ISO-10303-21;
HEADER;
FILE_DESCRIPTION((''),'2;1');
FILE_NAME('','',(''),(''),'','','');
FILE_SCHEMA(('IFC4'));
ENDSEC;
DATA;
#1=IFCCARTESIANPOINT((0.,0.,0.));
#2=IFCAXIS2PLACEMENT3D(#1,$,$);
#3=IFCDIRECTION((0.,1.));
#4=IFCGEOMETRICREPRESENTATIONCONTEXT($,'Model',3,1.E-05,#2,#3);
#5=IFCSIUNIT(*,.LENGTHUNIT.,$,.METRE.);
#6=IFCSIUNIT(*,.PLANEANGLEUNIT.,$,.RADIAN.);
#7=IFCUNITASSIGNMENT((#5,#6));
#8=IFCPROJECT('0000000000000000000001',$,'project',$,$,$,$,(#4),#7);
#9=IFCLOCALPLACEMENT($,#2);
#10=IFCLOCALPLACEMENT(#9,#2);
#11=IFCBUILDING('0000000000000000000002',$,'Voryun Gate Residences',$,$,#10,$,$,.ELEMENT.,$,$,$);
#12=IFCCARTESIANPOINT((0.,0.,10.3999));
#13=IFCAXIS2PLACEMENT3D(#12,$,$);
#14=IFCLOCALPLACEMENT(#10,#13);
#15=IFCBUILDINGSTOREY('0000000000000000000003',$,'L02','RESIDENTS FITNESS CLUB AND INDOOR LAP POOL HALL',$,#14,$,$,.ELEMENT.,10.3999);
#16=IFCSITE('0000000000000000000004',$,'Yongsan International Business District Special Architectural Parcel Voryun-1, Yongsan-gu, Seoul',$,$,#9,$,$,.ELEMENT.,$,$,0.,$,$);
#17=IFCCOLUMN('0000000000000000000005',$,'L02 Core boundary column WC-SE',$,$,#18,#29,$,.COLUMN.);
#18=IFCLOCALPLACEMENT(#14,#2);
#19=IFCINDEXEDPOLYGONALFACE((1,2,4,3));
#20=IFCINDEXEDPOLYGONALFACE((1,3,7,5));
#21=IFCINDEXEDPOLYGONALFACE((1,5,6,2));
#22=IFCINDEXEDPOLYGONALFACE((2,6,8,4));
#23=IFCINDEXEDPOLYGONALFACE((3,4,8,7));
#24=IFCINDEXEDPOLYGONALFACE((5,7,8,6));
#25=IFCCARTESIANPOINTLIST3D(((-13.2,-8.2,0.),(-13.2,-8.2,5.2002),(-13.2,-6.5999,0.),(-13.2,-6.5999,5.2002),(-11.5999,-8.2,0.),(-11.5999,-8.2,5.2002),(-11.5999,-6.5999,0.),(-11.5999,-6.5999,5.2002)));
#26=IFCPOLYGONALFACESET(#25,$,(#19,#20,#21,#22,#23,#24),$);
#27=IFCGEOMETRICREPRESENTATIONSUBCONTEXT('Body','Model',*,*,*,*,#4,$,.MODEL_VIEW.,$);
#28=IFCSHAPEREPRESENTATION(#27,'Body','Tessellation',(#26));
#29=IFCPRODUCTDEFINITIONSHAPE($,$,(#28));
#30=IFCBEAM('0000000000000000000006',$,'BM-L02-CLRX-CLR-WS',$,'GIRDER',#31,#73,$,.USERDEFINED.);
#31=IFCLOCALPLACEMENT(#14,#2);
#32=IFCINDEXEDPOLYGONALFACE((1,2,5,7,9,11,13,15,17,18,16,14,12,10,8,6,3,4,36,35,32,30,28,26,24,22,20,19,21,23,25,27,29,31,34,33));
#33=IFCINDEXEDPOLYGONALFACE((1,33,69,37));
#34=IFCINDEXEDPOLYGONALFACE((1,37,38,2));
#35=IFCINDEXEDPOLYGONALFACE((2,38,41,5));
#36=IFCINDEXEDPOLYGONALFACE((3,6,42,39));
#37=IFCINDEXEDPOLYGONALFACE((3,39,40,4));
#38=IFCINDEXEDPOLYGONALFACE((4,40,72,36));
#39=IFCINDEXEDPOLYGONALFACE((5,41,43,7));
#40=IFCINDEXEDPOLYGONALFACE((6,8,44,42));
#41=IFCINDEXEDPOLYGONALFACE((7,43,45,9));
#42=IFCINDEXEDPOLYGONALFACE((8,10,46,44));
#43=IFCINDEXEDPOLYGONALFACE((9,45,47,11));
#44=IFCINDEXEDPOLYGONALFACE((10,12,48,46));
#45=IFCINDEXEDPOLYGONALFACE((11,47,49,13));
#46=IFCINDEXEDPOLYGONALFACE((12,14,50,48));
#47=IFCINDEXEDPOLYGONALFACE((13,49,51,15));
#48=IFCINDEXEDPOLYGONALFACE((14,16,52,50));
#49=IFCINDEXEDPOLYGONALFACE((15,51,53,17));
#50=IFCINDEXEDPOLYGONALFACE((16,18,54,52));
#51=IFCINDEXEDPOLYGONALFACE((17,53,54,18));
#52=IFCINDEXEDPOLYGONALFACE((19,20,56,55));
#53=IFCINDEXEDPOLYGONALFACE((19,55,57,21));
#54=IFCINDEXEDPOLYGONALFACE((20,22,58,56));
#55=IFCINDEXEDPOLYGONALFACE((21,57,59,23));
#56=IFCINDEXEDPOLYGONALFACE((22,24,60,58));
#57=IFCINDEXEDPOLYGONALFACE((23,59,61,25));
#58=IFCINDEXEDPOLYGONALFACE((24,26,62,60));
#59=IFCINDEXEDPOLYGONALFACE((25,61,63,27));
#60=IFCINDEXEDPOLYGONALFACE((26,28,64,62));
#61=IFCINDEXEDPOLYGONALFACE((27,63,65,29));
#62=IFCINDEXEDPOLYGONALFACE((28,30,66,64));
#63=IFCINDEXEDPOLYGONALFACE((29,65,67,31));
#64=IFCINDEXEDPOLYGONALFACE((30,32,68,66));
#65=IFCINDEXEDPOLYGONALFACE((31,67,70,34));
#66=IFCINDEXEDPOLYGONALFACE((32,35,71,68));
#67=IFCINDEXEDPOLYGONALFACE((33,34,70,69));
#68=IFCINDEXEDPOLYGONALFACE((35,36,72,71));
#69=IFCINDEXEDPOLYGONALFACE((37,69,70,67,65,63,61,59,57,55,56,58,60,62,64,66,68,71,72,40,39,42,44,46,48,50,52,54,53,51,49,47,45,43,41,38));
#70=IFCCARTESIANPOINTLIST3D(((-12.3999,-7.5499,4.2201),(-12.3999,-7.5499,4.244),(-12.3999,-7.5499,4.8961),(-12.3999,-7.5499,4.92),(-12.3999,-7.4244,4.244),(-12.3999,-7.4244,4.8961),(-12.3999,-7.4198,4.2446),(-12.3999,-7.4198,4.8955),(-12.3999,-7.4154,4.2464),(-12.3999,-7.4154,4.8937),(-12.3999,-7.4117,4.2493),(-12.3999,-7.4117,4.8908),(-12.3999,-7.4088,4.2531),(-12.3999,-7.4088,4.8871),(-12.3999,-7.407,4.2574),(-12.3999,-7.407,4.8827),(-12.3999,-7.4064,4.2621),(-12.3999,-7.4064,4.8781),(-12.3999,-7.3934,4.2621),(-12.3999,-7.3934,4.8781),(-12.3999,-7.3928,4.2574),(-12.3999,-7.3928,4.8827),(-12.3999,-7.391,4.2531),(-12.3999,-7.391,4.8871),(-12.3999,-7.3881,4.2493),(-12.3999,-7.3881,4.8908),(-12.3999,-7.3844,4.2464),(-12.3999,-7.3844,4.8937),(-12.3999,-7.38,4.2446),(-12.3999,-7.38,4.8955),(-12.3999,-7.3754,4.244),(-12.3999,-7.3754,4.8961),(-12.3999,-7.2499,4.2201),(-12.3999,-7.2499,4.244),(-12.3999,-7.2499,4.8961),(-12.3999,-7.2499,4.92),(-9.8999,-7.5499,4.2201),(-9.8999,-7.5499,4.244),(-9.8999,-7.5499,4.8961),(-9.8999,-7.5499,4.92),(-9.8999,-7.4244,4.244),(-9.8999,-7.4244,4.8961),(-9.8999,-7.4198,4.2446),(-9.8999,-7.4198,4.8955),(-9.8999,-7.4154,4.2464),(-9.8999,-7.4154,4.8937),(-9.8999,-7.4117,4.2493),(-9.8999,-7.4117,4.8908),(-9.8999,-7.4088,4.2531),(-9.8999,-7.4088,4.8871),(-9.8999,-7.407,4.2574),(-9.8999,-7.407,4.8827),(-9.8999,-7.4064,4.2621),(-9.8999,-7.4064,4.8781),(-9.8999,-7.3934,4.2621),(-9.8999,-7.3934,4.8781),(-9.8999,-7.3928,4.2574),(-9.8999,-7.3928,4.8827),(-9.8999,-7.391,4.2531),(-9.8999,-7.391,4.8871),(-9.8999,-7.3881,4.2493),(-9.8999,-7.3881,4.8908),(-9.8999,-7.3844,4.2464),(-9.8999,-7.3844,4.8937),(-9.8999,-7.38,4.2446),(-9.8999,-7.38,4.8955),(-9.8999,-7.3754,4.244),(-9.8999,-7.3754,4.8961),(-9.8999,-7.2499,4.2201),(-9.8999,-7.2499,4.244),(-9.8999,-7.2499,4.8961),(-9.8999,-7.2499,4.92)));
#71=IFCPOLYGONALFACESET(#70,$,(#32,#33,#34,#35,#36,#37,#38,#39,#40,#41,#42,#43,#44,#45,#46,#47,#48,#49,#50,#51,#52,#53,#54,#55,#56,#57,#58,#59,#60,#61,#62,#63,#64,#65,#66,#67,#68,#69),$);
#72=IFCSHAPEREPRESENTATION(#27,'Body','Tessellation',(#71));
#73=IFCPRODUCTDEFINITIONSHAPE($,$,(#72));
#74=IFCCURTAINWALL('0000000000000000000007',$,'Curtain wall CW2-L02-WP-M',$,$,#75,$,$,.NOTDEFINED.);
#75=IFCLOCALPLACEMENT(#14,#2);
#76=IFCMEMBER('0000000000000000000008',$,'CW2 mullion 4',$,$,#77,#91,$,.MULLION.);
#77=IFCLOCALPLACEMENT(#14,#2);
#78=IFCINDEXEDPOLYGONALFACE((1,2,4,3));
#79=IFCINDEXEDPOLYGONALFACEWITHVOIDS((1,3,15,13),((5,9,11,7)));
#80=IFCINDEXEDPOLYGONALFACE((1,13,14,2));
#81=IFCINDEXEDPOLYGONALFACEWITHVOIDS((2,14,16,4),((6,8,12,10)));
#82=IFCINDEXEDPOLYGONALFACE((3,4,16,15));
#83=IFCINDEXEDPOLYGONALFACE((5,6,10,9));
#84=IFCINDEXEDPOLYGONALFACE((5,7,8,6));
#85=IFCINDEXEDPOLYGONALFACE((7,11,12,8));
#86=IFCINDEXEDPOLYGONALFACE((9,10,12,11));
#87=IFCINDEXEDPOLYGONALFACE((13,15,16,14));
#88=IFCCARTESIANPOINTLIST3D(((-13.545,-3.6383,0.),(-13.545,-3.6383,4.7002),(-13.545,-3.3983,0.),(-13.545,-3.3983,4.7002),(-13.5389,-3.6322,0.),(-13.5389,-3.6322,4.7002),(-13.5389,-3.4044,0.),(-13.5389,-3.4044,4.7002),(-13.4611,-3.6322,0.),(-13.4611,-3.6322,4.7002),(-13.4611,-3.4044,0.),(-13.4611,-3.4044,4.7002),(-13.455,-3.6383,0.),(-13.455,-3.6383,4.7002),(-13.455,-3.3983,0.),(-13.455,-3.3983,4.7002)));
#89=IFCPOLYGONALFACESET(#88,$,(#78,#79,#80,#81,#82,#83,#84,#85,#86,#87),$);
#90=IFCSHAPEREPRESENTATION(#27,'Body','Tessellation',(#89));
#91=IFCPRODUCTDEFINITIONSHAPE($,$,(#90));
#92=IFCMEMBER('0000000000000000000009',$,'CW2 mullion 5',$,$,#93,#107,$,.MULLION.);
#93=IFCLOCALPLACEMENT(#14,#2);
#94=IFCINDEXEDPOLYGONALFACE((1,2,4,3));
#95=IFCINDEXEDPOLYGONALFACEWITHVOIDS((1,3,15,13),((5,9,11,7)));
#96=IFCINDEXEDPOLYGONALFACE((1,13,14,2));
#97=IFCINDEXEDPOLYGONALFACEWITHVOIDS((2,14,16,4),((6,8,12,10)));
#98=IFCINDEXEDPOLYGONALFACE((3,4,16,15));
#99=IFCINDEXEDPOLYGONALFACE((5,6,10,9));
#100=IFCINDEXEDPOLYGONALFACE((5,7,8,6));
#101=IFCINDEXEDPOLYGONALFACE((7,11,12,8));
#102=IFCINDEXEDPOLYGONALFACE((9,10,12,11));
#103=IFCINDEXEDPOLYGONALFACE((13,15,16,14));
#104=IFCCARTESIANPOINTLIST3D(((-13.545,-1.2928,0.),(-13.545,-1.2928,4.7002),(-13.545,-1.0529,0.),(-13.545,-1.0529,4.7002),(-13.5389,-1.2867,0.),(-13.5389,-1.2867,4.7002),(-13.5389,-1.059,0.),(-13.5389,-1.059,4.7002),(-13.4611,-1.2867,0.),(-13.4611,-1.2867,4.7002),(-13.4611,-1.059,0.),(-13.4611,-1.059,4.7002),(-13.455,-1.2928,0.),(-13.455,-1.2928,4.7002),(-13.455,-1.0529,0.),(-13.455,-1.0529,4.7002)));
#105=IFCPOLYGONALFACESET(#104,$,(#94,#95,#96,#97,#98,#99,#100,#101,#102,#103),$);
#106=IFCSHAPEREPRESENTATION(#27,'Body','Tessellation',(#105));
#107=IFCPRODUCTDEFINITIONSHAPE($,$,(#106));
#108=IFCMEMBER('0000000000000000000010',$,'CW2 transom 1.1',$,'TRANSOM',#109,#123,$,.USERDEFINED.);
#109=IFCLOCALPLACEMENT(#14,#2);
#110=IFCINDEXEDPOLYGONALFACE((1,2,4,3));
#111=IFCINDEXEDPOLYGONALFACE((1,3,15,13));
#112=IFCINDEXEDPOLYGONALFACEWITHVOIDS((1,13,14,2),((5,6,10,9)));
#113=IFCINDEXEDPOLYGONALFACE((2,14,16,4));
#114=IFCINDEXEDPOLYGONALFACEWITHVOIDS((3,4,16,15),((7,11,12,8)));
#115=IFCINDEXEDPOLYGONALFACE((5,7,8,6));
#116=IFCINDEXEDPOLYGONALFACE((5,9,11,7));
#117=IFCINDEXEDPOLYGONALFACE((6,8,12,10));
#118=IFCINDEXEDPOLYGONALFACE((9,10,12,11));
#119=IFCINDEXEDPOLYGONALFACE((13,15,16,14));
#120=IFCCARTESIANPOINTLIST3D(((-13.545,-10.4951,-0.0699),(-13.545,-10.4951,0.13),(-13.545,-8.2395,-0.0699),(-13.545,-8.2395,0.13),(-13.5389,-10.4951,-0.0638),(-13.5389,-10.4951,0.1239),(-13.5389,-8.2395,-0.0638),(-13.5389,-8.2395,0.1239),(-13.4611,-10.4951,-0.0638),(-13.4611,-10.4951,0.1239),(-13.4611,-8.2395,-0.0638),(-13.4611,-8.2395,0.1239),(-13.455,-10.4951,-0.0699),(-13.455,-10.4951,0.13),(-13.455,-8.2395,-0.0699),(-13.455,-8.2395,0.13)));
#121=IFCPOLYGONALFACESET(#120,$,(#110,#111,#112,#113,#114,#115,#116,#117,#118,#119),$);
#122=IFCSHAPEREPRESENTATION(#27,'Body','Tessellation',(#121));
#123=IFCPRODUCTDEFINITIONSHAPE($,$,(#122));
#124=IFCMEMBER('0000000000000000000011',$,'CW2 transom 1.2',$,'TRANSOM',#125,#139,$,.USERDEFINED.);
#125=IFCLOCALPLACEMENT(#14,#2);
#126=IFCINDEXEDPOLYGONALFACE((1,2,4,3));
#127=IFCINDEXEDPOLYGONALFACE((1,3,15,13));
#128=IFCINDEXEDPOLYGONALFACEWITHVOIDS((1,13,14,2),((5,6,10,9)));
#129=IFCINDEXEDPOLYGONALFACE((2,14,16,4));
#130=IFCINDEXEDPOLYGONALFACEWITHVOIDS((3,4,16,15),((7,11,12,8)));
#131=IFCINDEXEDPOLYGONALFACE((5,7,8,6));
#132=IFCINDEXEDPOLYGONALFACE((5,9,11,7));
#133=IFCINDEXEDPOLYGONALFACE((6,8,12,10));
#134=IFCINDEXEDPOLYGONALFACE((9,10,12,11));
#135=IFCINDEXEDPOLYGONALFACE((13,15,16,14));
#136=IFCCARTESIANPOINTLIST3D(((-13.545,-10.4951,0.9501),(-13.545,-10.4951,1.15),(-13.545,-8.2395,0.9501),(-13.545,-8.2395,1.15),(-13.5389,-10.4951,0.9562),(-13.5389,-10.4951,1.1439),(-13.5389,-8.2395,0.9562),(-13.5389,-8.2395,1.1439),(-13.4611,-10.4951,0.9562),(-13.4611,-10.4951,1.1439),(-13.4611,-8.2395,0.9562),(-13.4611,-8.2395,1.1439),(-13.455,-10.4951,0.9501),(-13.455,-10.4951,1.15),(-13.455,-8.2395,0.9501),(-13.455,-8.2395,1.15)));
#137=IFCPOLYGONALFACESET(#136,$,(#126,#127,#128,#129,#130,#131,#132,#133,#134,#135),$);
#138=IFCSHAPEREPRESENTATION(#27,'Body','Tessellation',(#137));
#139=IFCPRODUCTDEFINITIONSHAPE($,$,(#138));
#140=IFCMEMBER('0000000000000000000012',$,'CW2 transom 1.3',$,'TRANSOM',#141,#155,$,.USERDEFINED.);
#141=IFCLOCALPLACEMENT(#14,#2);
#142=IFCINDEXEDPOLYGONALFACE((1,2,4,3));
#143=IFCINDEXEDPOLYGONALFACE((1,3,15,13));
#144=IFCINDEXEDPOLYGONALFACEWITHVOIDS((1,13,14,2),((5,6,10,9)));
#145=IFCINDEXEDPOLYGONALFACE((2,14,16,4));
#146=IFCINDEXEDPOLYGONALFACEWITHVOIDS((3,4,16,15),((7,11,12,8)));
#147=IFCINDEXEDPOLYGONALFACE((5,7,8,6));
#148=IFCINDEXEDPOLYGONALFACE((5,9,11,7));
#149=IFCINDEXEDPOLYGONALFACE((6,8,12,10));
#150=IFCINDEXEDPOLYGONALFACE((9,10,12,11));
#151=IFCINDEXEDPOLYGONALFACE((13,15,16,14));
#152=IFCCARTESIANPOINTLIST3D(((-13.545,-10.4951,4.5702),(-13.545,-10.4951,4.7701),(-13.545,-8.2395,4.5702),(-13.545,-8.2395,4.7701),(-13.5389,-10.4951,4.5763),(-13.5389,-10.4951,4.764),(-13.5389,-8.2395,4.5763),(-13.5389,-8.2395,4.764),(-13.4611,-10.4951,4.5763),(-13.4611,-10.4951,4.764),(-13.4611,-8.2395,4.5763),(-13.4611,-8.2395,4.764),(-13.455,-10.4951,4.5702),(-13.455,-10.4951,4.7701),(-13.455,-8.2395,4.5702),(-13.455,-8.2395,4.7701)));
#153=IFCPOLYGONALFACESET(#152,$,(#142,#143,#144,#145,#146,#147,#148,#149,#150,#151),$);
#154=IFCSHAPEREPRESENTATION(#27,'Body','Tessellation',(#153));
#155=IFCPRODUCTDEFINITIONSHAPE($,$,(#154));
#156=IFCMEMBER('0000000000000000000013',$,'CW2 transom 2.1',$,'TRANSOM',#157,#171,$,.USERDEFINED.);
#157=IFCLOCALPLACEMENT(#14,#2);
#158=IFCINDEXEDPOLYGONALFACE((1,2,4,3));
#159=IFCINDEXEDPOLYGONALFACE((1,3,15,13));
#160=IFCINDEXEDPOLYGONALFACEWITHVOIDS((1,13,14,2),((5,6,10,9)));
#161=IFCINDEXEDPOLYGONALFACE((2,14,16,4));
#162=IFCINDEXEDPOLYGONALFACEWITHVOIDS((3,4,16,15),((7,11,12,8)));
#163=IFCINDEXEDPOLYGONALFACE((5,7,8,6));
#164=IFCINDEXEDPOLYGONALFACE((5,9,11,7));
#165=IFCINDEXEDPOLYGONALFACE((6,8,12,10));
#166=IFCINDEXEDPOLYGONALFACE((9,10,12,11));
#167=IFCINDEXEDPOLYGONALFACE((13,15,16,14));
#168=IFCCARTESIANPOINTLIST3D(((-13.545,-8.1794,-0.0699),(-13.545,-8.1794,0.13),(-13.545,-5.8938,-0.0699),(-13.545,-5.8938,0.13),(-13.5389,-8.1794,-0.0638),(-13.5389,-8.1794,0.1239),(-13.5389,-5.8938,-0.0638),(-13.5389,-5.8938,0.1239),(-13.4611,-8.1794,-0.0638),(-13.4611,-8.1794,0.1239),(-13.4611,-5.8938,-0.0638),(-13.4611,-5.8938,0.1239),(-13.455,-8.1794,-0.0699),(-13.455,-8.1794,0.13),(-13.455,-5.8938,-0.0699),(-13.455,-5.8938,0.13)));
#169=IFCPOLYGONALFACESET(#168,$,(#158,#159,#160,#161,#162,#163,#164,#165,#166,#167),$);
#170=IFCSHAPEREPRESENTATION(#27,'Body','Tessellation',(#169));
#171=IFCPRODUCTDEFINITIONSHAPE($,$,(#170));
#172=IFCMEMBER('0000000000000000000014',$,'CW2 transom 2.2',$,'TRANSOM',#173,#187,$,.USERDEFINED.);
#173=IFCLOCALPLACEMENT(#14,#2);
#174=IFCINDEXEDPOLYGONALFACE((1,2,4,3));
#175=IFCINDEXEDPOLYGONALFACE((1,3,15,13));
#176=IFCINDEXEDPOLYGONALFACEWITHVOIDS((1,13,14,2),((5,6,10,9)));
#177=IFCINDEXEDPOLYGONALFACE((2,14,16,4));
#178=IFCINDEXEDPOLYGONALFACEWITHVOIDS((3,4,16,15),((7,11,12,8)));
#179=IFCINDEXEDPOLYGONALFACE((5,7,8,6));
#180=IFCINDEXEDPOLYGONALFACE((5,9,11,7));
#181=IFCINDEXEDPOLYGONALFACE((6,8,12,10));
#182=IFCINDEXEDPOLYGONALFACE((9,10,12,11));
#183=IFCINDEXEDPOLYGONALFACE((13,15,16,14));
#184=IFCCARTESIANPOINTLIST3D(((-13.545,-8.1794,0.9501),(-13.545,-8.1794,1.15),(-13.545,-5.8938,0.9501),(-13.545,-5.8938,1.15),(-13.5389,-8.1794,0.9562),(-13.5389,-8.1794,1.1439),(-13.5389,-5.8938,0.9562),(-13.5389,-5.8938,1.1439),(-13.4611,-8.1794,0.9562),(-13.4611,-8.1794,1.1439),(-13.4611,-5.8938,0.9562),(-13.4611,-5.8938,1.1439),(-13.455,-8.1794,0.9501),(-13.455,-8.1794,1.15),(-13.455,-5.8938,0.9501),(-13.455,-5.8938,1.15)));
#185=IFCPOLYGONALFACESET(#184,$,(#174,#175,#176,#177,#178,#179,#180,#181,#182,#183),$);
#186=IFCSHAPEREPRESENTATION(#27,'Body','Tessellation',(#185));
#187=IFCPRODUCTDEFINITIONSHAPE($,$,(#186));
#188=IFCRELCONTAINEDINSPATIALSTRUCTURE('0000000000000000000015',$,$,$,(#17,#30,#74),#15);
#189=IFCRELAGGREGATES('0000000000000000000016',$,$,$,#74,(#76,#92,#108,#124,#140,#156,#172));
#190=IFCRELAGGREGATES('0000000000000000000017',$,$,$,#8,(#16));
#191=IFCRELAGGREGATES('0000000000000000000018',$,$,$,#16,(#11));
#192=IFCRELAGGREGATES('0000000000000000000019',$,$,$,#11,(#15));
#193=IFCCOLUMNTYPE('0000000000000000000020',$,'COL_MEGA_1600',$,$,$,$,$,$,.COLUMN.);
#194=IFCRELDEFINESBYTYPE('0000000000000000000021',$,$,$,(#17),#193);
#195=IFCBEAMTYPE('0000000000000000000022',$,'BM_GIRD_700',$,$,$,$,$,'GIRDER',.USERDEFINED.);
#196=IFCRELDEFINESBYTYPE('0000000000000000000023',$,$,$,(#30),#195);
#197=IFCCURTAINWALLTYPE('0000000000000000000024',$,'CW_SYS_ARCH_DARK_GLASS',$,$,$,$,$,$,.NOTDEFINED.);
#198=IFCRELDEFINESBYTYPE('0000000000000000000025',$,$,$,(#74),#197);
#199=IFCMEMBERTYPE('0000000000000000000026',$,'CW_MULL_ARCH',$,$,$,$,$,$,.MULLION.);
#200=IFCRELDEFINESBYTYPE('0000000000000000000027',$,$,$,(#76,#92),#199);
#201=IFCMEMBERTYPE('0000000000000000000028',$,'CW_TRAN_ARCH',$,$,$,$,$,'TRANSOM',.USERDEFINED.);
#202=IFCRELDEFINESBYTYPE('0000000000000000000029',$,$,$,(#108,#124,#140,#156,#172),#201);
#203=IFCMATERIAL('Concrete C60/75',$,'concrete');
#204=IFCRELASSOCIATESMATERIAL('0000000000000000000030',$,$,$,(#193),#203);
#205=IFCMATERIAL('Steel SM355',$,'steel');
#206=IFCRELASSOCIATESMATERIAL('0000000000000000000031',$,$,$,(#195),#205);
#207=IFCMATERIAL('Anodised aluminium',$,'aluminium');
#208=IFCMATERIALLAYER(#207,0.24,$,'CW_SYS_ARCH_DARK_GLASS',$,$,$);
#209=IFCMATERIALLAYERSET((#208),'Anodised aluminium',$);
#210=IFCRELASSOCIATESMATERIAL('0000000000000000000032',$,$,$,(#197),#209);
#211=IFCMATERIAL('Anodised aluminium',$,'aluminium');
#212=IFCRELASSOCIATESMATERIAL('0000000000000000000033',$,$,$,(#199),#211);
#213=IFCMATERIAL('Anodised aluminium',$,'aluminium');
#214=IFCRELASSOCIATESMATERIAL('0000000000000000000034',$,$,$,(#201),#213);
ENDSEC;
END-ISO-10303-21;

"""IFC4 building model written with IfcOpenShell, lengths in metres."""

from ifc_helpers import new_model, si_unit, direction, frame, origin, origin_2d, place, context, subcontext, project, spatial, rectangle, hollow_rectangle, i_section, extrude, material, layer, layer_set, material_profile, profile_set, type_object, element, aggregate, save


model = new_model("IFC4")

# Units and contexts
model_context = context("Model", 3, precision=1e-05, world=origin(), true_north=direction((0.0, 1.0)))
body_context = subcontext(model_context, "Body", "Model", "MODEL_VIEW")
ifc_project = project(units=[si_unit("LENGTHUNIT", "METRE"), si_unit("PLANEANGLEUNIT", "RADIAN")], contexts=[model_context])

# Site, building, storey
site_placement = place(None, origin())
site = spatial("IfcSite", under=ifc_project, at=site_placement, Name="Yongsan International Business District Special Architectural Parcel Voryun-1, Yongsan-gu, Seoul", CompositionType="ELEMENT", RefElevation=0.0)
building_placement = place(site_placement, origin())
building = spatial("IfcBuilding", under=site, at=building_placement, Name="Voryun Gate Residences", CompositionType="ELEMENT")
storey_placement = place(building_placement, frame((0.0, 0.0, 10.3999)))
storey = spatial("IfcBuildingStorey", under=building, at=storey_placement, Name="L02", Description="RESIDENTS FITNESS CLUB AND INDOOR LAP POOL HALL", CompositionType="ELEMENT", Elevation=10.3999)

# Column
ifc_material_1 = material(Name="Concrete C60/75", Category="concrete")
ifc_material_profile_1 = material_profile(ifc_material_1, rectangle(XDim=1.6001, YDim=1.6001, at=origin_2d()), Name="RC-1600x1600")
ifc_profile_set_1 = profile_set([ifc_material_profile_1], Name="Concrete C60/75")
column_type = type_object("IfcColumnType", Name="COL_MEGA_1600", PredefinedType="COLUMN", material=ifc_profile_set_1)
column_placement = place(storey_placement, frame((-12.3999, -7.3999, 0.0), z_axis=(0.0, 0.0, 1.0), x_axis=(1.0, 0.0, 0.0)))
element("IfcColumn", 1, at=column_placement, inside=storey, type_object=column_type, Name="L02 Core boundary column WC-SE", PredefinedType="COLUMN", context=body_context, shape_type="SweptSolid", body=[
    extrude(rectangle(XDim=1.6001, YDim=1.6001, at=origin_2d()), origin(), (0.0, 0.0, 1.0), 5.2002),
])

# Beam
ifc_material_2 = material(Name="Steel SM355", Category="steel")
ifc_material_profile_2 = material_profile(ifc_material_2, i_section(OverallWidth=0.3, OverallDepth=0.7, WebThickness=0.0129, FlangeThickness=0.0239, FilletRadius=0.0181, at=origin_2d()), Name="H-700x300x13x24")
ifc_profile_set_2 = profile_set([ifc_material_profile_2], Name="Steel SM355")
beam_type = type_object("IfcBeamType", Name="BM_GIRD_700", ElementType="GIRDER", PredefinedType="USERDEFINED", material=ifc_profile_set_2)
beam_placement = place(storey_placement, frame((-12.3999, -7.3999, 4.5701), z_axis=(1.0, 0.0, 0.0), x_axis=(0.0, 1.0, 0.0)))
element("IfcBeam", 2, at=beam_placement, inside=storey, type_object=beam_type, Name="BM-L02-CLRX-CLR-WS", ObjectType="GIRDER", PredefinedType="USERDEFINED", context=body_context, shape_type="SweptSolid", body=[
    extrude(i_section(OverallWidth=0.3, OverallDepth=0.7, WebThickness=0.0129, FlangeThickness=0.0239, FilletRadius=0.0181, at=origin_2d()), origin(), (0.0, 0.0, 1.0), 2.5),
])

# Curtain wall, members
ifc_material_3 = material(Name="Anodised aluminium", Category="aluminium")
ifc_layer_1 = layer(ifc_material_3, 0.24, Name="CW_SYS_ARCH_DARK_GLASS")
ifc_layer_set_1 = layer_set([ifc_layer_1], Name="Anodised aluminium")
curtain_wall_type = type_object("IfcCurtainWallType", Name="CW_SYS_ARCH_DARK_GLASS", PredefinedType="NOTDEFINED", material=ifc_layer_set_1)
curtain_wall_placement = place(storey_placement, origin())
curtain_wall = element("IfcCurtainWall", 3, at=curtain_wall_placement, inside=storey, type_object=curtain_wall_type, Name="Curtain wall CW2-L02-WP-M", PredefinedType="NOTDEFINED")
ifc_material_4 = material(Name="Anodised aluminium", Category="aluminium")
ifc_material_profile_3 = material_profile(ifc_material_4, hollow_rectangle(XDim=0.0901, YDim=0.24, WallThickness=0.0061, at=origin_2d()), Name="ALU-MULL-240x90x6")
ifc_profile_set_3 = profile_set([ifc_material_profile_3], Name="Anodised aluminium")
member_type_1 = type_object("IfcMemberType", Name="CW_MULL_ARCH", PredefinedType="MULLION", material=ifc_profile_set_3)
member_1_placement = place(storey_placement, frame((-13.5, -3.5183, 0.0), z_axis=(0.0, 0.0, 1.0), x_axis=(-1.0, 0.0, 0.0)))
member_1 = element("IfcMember", 4, at=member_1_placement, type_object=member_type_1, Name="CW2 mullion 4", PredefinedType="MULLION", context=body_context, shape_type="SweptSolid", body=[
    extrude(hollow_rectangle(XDim=0.0901, YDim=0.24, WallThickness=0.0061, at=origin_2d()), origin(), (0.0, 0.0, 1.0), 4.7002),
])
member_2_placement = place(storey_placement, frame((-13.5, -1.1729, 0.0), z_axis=(0.0, 0.0, 1.0), x_axis=(-1.0, 0.0, 0.0)))
member_2 = element("IfcMember", 5, at=member_2_placement, type_object=member_type_1, Name="CW2 mullion 5", PredefinedType="MULLION", context=body_context, shape_type="SweptSolid", body=[
    extrude(hollow_rectangle(XDim=0.0901, YDim=0.24, WallThickness=0.0061, at=origin_2d()), origin(), (0.0, 0.0, 1.0), 4.7002),
])
ifc_material_5 = material(Name="Anodised aluminium", Category="aluminium")
ifc_material_profile_4 = material_profile(ifc_material_5, hollow_rectangle(XDim=0.0901, YDim=0.2, WallThickness=0.0061, at=origin_2d()), Name="ALU-TRAN-200x90x6")
ifc_profile_set_4 = profile_set([ifc_material_profile_4], Name="Anodised aluminium")
member_type_2 = type_object("IfcMemberType", Name="CW_TRAN_ARCH", ElementType="TRANSOM", PredefinedType="USERDEFINED", material=ifc_profile_set_4)
member_3_placement = place(storey_placement, frame((-13.5, -10.4951, 0.03), z_axis=(0.0, 1.0, 0.0), x_axis=(-1.0, 0.0, 0.0)))
member_3 = element("IfcMember", 6, at=member_3_placement, type_object=member_type_2, Name="CW2 transom 1.1", ObjectType="TRANSOM", PredefinedType="USERDEFINED", context=body_context, shape_type="SweptSolid", body=[
    extrude(hollow_rectangle(XDim=0.0901, YDim=0.2, WallThickness=0.0061, at=origin_2d()), origin(), (0.0, 0.0, 1.0), 2.2556),
])
member_4_placement = place(storey_placement, frame((-13.5, -10.4951, 1.05), z_axis=(0.0, 1.0, 0.0), x_axis=(-1.0, 0.0, 0.0)))
member_4 = element("IfcMember", 7, at=member_4_placement, type_object=member_type_2, Name="CW2 transom 1.2", ObjectType="TRANSOM", PredefinedType="USERDEFINED", context=body_context, shape_type="SweptSolid", body=[
    extrude(hollow_rectangle(XDim=0.0901, YDim=0.2, WallThickness=0.0061, at=origin_2d()), origin(), (0.0, 0.0, 1.0), 2.2556),
])
member_5_placement = place(storey_placement, frame((-13.5, -10.4951, 4.6702), z_axis=(0.0, 1.0, 0.0), x_axis=(-1.0, 0.0, 0.0)))
member_5 = element("IfcMember", 8, at=member_5_placement, type_object=member_type_2, Name="CW2 transom 1.3", ObjectType="TRANSOM", PredefinedType="USERDEFINED", context=body_context, shape_type="SweptSolid", body=[
    extrude(hollow_rectangle(XDim=0.0901, YDim=0.2, WallThickness=0.0061, at=origin_2d()), origin(), (0.0, 0.0, 1.0), 2.2556),
])
member_6_placement = place(storey_placement, frame((-13.5, -8.1794, 0.03), z_axis=(0.0, 1.0, 0.0), x_axis=(-1.0, 0.0, 0.0)))
member_6 = element("IfcMember", 9, at=member_6_placement, type_object=member_type_2, Name="CW2 transom 2.1", ObjectType="TRANSOM", PredefinedType="USERDEFINED", context=body_context, shape_type="SweptSolid", body=[
    extrude(hollow_rectangle(XDim=0.0901, YDim=0.2, WallThickness=0.0061, at=origin_2d()), origin(), (0.0, 0.0, 1.0), 2.2856),
])
member_7_placement = place(storey_placement, frame((-13.5, -8.1794, 1.05), z_axis=(0.0, 1.0, 0.0), x_axis=(-1.0, 0.0, 0.0)))
member_7 = element("IfcMember", 10, at=member_7_placement, type_object=member_type_2, Name="CW2 transom 2.2", ObjectType="TRANSOM", PredefinedType="USERDEFINED", context=body_context, shape_type="SweptSolid", body=[
    extrude(hollow_rectangle(XDim=0.0901, YDim=0.2, WallThickness=0.0061, at=origin_2d()), origin(), (0.0, 0.0, 1.0), 2.2856),
])
aggregate(curtain_wall, [member_1, member_2, member_3, member_4, member_5, member_6, member_7])

save(model, "model.ifc")
